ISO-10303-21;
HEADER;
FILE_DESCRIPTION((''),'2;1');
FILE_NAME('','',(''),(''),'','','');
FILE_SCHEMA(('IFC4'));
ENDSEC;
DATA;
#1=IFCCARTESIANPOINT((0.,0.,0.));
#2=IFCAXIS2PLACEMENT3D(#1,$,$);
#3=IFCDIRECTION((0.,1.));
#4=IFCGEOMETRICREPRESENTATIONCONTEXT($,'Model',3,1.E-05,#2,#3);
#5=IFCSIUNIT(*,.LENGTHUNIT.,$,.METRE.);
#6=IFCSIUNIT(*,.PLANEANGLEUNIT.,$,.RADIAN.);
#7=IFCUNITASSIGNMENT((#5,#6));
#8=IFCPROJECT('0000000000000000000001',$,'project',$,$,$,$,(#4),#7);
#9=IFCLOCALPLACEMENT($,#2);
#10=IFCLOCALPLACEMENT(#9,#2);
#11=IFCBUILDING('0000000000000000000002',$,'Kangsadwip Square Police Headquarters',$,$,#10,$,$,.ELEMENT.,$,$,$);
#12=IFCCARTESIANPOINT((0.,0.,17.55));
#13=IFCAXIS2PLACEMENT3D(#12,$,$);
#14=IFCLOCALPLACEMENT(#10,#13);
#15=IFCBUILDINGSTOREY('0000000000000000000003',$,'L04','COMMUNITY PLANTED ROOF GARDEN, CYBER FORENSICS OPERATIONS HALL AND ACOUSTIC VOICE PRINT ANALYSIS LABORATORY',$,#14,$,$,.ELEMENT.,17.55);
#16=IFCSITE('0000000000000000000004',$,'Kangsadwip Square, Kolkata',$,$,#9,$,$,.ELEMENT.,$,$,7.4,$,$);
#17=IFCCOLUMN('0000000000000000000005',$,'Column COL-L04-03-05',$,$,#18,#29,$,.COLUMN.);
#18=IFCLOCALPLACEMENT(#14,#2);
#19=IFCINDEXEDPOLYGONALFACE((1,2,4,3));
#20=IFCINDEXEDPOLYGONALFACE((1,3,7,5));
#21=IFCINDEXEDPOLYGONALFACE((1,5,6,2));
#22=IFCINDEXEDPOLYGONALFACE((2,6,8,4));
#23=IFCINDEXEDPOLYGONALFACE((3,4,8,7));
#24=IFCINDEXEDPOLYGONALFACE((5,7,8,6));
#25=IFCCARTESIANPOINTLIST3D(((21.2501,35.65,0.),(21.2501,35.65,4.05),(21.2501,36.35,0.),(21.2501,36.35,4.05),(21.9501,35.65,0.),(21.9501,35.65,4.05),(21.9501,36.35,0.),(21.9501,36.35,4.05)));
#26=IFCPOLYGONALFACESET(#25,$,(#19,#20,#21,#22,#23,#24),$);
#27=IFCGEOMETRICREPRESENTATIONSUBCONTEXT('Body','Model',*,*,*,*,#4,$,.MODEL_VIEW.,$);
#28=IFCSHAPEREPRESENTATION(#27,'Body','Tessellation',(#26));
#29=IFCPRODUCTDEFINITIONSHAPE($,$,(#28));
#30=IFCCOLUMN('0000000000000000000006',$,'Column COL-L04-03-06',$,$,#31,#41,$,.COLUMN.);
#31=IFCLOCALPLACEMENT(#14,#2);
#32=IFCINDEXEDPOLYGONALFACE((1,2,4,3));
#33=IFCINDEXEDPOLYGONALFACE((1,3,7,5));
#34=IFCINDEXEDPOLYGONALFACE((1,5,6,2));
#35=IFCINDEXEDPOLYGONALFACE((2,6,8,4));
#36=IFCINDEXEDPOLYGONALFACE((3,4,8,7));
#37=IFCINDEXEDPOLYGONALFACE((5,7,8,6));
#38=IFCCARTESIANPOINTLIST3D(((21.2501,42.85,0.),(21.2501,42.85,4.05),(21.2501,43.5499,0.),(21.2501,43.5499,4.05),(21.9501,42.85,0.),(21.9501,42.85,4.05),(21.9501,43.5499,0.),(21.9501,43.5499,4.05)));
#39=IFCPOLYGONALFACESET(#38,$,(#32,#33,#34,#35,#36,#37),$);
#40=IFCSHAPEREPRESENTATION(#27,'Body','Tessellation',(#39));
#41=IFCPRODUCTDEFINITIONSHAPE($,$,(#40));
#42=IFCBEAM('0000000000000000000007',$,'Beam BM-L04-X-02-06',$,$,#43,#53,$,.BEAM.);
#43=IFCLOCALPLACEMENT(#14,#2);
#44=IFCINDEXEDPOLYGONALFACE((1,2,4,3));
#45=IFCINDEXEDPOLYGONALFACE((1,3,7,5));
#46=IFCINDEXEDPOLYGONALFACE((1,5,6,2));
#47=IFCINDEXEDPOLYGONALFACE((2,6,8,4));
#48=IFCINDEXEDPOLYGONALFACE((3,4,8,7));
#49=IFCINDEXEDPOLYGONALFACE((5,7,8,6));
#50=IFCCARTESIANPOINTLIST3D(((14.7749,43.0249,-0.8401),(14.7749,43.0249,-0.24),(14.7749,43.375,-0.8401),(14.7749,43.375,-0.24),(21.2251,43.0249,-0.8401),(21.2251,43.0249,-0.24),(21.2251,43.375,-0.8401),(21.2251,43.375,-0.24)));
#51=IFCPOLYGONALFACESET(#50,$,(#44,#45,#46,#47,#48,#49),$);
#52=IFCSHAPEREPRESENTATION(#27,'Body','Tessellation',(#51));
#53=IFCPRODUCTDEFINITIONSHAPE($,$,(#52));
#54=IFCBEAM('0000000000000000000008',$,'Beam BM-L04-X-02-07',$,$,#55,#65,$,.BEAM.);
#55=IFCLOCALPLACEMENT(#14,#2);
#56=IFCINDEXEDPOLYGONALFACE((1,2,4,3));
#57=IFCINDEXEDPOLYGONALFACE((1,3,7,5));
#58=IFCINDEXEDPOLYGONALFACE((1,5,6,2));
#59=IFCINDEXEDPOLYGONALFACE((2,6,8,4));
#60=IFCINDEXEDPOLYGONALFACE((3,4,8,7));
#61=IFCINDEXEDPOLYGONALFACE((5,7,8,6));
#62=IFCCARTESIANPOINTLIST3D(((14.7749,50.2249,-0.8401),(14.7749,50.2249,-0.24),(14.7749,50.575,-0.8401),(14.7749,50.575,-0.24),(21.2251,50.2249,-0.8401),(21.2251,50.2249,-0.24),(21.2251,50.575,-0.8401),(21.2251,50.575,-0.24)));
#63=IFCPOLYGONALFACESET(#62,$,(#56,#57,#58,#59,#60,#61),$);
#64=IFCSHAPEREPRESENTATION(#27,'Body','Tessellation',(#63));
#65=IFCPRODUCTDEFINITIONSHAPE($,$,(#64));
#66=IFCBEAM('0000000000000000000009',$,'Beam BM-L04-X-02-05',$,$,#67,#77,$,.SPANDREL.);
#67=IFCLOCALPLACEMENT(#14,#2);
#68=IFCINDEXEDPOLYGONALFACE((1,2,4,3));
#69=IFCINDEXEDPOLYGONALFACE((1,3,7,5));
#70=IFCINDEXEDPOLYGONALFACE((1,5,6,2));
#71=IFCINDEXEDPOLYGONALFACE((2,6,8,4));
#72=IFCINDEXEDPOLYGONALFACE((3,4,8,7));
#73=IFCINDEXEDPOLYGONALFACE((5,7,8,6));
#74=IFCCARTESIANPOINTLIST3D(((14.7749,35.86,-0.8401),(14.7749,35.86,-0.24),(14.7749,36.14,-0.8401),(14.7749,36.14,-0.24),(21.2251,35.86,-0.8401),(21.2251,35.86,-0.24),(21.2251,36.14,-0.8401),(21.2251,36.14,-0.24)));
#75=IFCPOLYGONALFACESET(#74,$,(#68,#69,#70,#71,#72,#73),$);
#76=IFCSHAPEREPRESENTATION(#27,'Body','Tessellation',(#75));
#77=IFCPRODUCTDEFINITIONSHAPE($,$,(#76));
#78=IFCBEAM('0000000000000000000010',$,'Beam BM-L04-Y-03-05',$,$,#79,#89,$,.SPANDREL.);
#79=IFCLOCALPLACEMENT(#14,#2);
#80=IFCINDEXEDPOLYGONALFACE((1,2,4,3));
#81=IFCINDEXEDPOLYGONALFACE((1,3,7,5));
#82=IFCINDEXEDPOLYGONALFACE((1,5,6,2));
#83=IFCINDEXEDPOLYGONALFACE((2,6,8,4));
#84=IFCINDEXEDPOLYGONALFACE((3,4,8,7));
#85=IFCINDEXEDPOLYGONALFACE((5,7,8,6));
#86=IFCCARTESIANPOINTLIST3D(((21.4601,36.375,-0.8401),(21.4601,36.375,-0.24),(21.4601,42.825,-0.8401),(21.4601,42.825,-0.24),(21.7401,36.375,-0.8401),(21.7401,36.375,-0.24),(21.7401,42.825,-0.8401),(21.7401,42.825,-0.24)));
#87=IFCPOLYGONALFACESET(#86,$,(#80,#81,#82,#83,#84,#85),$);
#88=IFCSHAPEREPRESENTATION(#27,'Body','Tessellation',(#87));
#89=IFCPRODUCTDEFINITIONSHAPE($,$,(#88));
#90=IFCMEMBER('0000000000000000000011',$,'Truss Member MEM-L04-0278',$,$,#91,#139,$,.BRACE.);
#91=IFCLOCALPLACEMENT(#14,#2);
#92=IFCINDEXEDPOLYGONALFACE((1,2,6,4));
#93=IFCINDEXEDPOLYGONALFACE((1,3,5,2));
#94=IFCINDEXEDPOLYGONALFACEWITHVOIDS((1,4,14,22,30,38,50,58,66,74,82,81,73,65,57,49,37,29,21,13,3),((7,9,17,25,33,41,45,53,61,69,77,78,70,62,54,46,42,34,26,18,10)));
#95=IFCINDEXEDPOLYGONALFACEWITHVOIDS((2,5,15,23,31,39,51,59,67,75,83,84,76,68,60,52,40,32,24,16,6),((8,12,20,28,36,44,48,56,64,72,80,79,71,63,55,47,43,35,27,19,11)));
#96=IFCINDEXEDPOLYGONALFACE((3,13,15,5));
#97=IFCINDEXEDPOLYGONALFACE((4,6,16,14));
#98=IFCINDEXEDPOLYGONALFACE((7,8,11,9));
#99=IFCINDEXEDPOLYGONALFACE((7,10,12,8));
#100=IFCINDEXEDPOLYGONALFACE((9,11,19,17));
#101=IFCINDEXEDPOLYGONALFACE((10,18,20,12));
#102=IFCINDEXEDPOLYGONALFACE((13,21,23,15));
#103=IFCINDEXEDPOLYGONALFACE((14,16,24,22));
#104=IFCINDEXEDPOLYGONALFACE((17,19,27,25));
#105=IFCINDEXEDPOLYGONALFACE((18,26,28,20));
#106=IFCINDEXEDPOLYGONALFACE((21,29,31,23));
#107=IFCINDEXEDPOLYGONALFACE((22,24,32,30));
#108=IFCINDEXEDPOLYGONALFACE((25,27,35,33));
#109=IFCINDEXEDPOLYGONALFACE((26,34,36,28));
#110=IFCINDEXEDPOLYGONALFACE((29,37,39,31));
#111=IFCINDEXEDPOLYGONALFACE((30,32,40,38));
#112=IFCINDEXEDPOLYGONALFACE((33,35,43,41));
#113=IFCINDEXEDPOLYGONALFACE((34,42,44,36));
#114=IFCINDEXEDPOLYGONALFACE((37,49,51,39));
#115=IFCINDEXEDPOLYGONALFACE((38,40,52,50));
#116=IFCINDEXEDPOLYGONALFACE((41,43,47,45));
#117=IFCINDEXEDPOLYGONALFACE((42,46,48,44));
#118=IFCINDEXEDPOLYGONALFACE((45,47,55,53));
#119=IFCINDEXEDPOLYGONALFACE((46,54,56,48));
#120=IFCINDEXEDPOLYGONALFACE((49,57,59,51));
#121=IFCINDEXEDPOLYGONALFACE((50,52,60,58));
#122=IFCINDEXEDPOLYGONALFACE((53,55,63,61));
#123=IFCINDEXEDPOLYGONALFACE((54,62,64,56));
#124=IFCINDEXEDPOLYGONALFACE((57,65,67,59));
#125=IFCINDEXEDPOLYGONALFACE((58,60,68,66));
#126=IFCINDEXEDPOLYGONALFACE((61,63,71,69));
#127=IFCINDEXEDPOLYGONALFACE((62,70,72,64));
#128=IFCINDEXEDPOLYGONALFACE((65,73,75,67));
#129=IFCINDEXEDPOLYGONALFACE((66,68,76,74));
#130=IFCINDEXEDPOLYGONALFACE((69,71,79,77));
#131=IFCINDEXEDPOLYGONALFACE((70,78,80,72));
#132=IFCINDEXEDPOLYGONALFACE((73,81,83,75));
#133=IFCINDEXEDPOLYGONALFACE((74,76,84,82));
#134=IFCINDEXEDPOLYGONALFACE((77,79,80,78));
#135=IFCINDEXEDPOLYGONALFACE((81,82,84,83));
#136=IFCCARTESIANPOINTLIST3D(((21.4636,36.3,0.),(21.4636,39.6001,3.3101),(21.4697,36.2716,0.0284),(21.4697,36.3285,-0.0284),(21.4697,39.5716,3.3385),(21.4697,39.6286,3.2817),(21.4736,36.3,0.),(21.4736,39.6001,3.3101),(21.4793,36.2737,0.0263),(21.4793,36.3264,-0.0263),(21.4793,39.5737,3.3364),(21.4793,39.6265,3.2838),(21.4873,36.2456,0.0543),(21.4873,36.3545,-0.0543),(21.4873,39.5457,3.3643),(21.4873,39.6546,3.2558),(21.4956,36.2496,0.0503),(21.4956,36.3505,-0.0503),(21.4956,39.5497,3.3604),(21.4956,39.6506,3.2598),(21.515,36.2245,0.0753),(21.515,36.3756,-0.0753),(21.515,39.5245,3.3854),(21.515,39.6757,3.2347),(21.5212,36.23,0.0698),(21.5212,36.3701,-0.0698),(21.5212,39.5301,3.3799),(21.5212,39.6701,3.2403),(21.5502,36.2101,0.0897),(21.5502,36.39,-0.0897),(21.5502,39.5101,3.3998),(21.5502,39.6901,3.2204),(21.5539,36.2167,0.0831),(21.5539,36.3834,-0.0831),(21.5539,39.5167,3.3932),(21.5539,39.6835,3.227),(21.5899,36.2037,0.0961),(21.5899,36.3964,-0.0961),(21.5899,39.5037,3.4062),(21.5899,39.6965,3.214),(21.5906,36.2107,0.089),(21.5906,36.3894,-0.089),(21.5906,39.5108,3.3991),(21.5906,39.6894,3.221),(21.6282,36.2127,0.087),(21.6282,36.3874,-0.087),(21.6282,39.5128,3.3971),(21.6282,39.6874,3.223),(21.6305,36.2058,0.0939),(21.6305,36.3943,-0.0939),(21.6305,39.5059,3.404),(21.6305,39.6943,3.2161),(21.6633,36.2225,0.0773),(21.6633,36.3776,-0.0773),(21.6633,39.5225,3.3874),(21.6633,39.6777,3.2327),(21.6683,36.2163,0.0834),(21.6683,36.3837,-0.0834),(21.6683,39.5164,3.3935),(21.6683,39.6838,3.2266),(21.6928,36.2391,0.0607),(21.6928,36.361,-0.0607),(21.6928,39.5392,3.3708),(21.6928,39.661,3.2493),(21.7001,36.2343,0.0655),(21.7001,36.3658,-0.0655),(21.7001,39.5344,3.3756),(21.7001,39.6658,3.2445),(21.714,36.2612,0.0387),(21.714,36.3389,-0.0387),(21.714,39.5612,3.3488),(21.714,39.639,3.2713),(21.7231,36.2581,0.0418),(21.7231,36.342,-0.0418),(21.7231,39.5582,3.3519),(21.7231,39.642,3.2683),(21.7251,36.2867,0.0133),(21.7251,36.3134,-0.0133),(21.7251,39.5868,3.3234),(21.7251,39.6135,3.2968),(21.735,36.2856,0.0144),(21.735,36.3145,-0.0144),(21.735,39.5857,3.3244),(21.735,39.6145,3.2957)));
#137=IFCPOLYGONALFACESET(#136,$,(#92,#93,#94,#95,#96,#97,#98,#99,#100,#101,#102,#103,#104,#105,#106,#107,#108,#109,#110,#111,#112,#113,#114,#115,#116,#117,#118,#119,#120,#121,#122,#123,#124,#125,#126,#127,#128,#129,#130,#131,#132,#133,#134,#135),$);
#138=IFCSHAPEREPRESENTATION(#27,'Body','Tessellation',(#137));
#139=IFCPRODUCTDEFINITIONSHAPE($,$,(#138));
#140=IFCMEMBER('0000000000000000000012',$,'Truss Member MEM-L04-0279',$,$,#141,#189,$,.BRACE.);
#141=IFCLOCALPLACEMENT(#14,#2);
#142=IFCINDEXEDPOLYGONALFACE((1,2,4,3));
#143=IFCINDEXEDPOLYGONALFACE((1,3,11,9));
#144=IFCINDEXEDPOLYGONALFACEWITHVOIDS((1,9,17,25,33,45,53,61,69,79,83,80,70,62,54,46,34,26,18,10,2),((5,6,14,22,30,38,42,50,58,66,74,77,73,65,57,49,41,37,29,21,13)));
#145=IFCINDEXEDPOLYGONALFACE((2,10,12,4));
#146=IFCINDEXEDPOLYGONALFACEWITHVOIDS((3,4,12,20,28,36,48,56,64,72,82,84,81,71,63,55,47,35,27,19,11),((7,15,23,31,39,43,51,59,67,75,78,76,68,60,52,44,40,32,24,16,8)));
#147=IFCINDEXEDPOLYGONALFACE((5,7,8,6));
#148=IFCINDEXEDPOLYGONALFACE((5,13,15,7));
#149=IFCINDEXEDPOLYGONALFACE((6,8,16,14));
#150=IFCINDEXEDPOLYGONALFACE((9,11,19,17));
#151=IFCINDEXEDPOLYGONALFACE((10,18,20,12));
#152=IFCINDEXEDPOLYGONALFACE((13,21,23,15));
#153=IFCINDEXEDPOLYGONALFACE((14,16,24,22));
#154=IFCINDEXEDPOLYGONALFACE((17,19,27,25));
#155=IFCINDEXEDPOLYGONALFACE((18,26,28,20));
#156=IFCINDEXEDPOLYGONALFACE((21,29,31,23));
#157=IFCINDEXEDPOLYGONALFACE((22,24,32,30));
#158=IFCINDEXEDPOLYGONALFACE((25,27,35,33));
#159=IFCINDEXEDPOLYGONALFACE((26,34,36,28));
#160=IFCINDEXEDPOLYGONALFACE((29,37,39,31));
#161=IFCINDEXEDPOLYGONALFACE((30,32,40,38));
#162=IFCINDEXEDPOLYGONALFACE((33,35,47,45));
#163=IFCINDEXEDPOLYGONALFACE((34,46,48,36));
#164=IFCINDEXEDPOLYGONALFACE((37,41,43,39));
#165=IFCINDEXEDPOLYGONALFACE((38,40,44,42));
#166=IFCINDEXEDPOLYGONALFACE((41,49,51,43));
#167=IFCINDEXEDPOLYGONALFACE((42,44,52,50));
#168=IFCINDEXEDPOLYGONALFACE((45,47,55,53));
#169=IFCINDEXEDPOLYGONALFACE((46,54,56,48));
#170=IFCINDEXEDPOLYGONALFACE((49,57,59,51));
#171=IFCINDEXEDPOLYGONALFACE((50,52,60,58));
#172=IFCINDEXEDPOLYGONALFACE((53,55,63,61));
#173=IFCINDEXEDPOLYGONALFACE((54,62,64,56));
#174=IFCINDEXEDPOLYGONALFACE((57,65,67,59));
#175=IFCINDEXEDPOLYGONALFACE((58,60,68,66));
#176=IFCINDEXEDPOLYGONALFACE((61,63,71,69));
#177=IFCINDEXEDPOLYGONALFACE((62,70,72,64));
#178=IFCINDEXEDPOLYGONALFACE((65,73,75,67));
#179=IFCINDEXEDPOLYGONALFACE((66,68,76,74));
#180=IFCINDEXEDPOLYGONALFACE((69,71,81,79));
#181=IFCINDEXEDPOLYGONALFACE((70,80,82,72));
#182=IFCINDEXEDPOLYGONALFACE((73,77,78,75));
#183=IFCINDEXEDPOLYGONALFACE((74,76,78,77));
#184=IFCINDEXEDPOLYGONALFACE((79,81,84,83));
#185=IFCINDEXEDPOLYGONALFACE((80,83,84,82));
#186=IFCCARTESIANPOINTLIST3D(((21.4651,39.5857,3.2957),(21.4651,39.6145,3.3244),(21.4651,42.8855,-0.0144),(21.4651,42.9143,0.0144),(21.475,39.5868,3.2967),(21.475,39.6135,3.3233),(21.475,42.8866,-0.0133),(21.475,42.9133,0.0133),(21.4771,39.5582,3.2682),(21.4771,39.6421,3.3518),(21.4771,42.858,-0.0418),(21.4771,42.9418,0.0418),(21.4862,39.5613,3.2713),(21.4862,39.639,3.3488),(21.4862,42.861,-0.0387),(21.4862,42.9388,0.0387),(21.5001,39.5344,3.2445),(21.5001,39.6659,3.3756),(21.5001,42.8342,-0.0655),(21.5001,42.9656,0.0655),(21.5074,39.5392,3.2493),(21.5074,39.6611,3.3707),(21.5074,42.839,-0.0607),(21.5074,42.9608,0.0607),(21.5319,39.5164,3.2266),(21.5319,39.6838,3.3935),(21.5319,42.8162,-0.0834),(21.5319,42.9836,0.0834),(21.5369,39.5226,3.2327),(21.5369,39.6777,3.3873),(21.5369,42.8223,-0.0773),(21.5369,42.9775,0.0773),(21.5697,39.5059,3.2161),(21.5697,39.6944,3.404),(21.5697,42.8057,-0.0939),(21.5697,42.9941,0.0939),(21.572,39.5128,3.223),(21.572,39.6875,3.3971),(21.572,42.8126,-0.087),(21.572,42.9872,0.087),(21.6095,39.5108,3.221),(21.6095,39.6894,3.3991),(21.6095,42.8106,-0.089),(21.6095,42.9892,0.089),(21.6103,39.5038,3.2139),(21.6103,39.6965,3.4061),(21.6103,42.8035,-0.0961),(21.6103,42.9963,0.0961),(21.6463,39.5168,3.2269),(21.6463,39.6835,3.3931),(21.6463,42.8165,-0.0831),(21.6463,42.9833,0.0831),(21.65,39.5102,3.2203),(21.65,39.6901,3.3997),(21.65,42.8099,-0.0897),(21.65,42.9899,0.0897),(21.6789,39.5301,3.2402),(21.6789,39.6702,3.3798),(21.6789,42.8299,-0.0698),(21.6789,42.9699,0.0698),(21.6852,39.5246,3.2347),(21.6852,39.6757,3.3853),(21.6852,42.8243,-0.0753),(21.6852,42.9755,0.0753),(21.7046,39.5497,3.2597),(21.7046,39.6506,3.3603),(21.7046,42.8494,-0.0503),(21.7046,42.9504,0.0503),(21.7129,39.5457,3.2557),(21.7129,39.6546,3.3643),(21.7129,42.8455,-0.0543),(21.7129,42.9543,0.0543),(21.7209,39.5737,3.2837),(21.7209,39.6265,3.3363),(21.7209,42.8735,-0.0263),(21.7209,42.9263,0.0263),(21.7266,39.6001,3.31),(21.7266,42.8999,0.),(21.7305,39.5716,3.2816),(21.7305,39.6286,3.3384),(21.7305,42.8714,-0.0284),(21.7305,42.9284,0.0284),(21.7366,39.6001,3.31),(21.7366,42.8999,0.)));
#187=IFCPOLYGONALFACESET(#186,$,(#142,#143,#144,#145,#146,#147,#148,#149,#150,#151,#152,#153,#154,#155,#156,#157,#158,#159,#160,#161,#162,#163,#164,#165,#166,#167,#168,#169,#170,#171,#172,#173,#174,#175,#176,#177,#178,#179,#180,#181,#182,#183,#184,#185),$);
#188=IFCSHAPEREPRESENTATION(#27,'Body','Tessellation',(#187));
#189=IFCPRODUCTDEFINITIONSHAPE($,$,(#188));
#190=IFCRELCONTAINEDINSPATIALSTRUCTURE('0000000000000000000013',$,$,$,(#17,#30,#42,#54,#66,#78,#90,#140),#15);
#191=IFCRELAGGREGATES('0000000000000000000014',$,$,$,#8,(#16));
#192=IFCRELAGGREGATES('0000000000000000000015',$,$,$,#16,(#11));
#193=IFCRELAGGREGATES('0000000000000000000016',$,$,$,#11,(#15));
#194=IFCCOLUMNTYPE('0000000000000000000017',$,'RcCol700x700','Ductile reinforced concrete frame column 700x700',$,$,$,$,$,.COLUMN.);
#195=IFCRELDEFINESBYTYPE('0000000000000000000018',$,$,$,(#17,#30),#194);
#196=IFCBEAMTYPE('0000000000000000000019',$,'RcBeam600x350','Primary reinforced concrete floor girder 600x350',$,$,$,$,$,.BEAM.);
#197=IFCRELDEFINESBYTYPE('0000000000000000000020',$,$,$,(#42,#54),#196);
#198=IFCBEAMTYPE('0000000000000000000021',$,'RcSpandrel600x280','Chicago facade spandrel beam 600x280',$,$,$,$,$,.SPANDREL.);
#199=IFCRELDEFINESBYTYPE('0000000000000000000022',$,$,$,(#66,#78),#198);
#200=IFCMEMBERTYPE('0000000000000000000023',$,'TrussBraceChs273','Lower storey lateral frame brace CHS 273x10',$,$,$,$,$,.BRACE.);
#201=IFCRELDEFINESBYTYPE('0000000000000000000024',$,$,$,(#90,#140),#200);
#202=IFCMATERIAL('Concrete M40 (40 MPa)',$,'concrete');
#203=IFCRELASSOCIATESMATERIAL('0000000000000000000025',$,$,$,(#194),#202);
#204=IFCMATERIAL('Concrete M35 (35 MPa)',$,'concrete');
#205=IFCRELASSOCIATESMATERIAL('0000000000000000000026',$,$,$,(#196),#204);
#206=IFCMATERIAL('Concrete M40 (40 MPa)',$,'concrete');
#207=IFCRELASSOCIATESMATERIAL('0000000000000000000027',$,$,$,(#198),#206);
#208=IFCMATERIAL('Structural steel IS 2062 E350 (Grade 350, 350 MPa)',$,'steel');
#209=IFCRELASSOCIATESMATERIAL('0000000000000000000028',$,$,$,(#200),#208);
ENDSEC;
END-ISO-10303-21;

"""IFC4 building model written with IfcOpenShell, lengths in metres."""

from ifc_helpers import new_model, si_unit, direction, frame, origin, origin_2d, place, context, subcontext, project, spatial, rectangle, hollow_circle, extrude, material, material_profile, profile_set, type_object, element, save


model = new_model("IFC4")

# Units and contexts
model_context = context("Model", 3, precision=1e-05, world=origin(), true_north=direction((0.0, 1.0)))
body_context = subcontext(model_context, "Body", "Model", "MODEL_VIEW")
ifc_project = project(units=[si_unit("LENGTHUNIT", "METRE"), si_unit("PLANEANGLEUNIT", "RADIAN")], contexts=[model_context])

# Site, building, storey
site_placement = place(None, origin())
site = spatial("IfcSite", under=ifc_project, at=site_placement, Name="Kangsadwip Square, Kolkata", CompositionType="ELEMENT", RefElevation=7.4)
building_placement = place(site_placement, origin())
building = spatial("IfcBuilding", under=site, at=building_placement, Name="Kangsadwip Square Police Headquarters", CompositionType="ELEMENT")
storey_placement = place(building_placement, frame((0.0, 0.0, 17.55)))
storey = spatial("IfcBuildingStorey", under=building, at=storey_placement, Name="L04", Description="COMMUNITY PLANTED ROOF GARDEN, CYBER FORENSICS OPERATIONS HALL AND ACOUSTIC VOICE PRINT ANALYSIS LABORATORY", CompositionType="ELEMENT", Elevation=17.55)

# Columns
ifc_material_1 = material(Name="Concrete M40 (40 MPa)", Category="concrete")
ifc_material_profile_1 = material_profile(ifc_material_1, rectangle(XDim=0.7, YDim=0.7, at=origin_2d()), Name="RC COL 700X700")
ifc_profile_set_1 = profile_set([ifc_material_profile_1], Name="Concrete M40 (40 MPa)")
column_type = type_object("IfcColumnType", Name="RcCol700x700", Description="Ductile reinforced concrete frame column 700x700", PredefinedType="COLUMN", material=ifc_profile_set_1)
for number, where, z_axis, x_axis, name in (
    (1, (21.6001, 36.0, 0.0), (0.0, 0.0, 1.0), (1.0, 0.0, 0.0), "Column COL-L04-03-05"),
    (2, (21.6001, 43.2, 0.0), (0.0, 0.0, 1.0), (1.0, 0.0, 0.0), "Column COL-L04-03-06"),
):
    element("IfcColumn", number, at=place(storey_placement, frame(where, z_axis=z_axis, x_axis=x_axis)), inside=storey, type_object=column_type, Name=name, PredefinedType="COLUMN", context=body_context, shape_type="SweptSolid", body=[
        extrude(rectangle(XDim=0.7, YDim=0.7, at=origin_2d()), origin(), (0.0, 0.0, 1.0), 4.05),
    ])

# Beams
ifc_material_2 = material(Name="Concrete M35 (35 MPa)", Category="concrete")
ifc_material_profile_2 = material_profile(ifc_material_2, rectangle(XDim=0.3501, YDim=0.6001, at=origin_2d()), Name="RC BM 600X350")
ifc_profile_set_2 = profile_set([ifc_material_profile_2], Name="Concrete M35 (35 MPa)")
beam_type_1 = type_object("IfcBeamType", Name="RcBeam600x350", Description="Primary reinforced concrete floor girder 600x350", PredefinedType="BEAM", material=ifc_profile_set_2)
for number, where, z_axis, x_axis, name in (
    (3, (14.7749, 43.2, -0.54), (1.0, 0.0, 0.0), (0.0, 1.0, 0.0), "Beam BM-L04-X-02-06"),
    (4, (14.7749, 50.3999, -0.54), (1.0, 0.0, 0.0), (0.0, 1.0, 0.0), "Beam BM-L04-X-02-07"),
):
    element("IfcBeam", number, at=place(storey_placement, frame(where, z_axis=z_axis, x_axis=x_axis)), inside=storey, type_object=beam_type_1, Name=name, PredefinedType="BEAM", context=body_context, shape_type="SweptSolid", body=[
        extrude(rectangle(XDim=0.3501, YDim=0.6001, at=origin_2d()), origin(), (0.0, 0.0, 1.0), 6.4502),
    ])
ifc_material_3 = material(Name="Concrete M40 (40 MPa)", Category="concrete")
ifc_material_profile_3 = material_profile(ifc_material_3, rectangle(XDim=0.28, YDim=0.6001, at=origin_2d()), Name="RC SPN 600X280")
ifc_profile_set_3 = profile_set([ifc_material_profile_3], Name="Concrete M40 (40 MPa)")
beam_type_2 = type_object("IfcBeamType", Name="RcSpandrel600x280", Description="Chicago facade spandrel beam 600x280", PredefinedType="SPANDREL", material=ifc_profile_set_3)
beam_1_placement = place(storey_placement, frame((14.7749, 36.0, -0.54), z_axis=(1.0, 0.0, 0.0), x_axis=(0.0, 1.0, 0.0)))
element("IfcBeam", 5, at=beam_1_placement, inside=storey, type_object=beam_type_2, Name="Beam BM-L04-X-02-05", PredefinedType="SPANDREL", context=body_context, shape_type="SweptSolid", body=[
    extrude(rectangle(XDim=0.28, YDim=0.6001, at=origin_2d()), origin(), (0.0, 0.0, 1.0), 6.4502),
])
beam_2_placement = place(storey_placement, frame((21.6001, 36.375, -0.54), z_axis=(0.0, 1.0, 0.0), x_axis=(-1.0, 0.0, 0.0)))
element("IfcBeam", 6, at=beam_2_placement, inside=storey, type_object=beam_type_2, Name="Beam BM-L04-Y-03-05", PredefinedType="SPANDREL", context=body_context, shape_type="SweptSolid", body=[
    extrude(rectangle(XDim=0.28, YDim=0.6001, at=origin_2d()), origin(), (0.0, 0.0, 1.0), 6.45),
])

# Members
ifc_material_4 = material(Name="Structural steel IS 2062 E350 (Grade 350, 350 MPa)", Category="steel")
ifc_material_profile_4 = material_profile(ifc_material_4, hollow_circle(Radius=0.1365, WallThickness=0.01, at=origin_2d()), Name="CHS 273X10")
ifc_profile_set_4 = profile_set([ifc_material_profile_4], Name="Structural steel IS 2062 E350 (Grade 350, 350 MPa)")
member_type = type_object("IfcMemberType", Name="TrussBraceChs273", Description="Lower storey lateral frame brace CHS 273x10", PredefinedType="BRACE", material=ifc_profile_set_4)
member_1_placement = place(storey_placement, frame((21.6001, 36.3, 0.0), z_axis=(0.0, 0.706035, 0.708177), x_axis=(-1.0, 0.0, 0.0)))
element("IfcMember", 7, at=member_1_placement, inside=storey, type_object=member_type, Name="Truss Member MEM-L04-0278", PredefinedType="BRACE", context=body_context, shape_type="SweptSolid", body=[
    extrude(hollow_circle(Radius=0.1365, WallThickness=0.01, at=origin_2d()), origin(), (0.0, 0.0, 1.0), 4.6741),
])
member_2_placement = place(storey_placement, frame((21.6001, 42.8999, 0.0), z_axis=(0.0, -0.706009, 0.708203), x_axis=(1.0, 0.0, 0.0)))
element("IfcMember", 8, at=member_2_placement, inside=storey, type_object=member_type, Name="Truss Member MEM-L04-0279", PredefinedType="BRACE", context=body_context, shape_type="SweptSolid", body=[
    extrude(hollow_circle(Radius=0.1365, WallThickness=0.01, at=origin_2d()), origin(), (0.0, 0.0, 1.0), 4.6738),
])

save(model, "model.ifc")
